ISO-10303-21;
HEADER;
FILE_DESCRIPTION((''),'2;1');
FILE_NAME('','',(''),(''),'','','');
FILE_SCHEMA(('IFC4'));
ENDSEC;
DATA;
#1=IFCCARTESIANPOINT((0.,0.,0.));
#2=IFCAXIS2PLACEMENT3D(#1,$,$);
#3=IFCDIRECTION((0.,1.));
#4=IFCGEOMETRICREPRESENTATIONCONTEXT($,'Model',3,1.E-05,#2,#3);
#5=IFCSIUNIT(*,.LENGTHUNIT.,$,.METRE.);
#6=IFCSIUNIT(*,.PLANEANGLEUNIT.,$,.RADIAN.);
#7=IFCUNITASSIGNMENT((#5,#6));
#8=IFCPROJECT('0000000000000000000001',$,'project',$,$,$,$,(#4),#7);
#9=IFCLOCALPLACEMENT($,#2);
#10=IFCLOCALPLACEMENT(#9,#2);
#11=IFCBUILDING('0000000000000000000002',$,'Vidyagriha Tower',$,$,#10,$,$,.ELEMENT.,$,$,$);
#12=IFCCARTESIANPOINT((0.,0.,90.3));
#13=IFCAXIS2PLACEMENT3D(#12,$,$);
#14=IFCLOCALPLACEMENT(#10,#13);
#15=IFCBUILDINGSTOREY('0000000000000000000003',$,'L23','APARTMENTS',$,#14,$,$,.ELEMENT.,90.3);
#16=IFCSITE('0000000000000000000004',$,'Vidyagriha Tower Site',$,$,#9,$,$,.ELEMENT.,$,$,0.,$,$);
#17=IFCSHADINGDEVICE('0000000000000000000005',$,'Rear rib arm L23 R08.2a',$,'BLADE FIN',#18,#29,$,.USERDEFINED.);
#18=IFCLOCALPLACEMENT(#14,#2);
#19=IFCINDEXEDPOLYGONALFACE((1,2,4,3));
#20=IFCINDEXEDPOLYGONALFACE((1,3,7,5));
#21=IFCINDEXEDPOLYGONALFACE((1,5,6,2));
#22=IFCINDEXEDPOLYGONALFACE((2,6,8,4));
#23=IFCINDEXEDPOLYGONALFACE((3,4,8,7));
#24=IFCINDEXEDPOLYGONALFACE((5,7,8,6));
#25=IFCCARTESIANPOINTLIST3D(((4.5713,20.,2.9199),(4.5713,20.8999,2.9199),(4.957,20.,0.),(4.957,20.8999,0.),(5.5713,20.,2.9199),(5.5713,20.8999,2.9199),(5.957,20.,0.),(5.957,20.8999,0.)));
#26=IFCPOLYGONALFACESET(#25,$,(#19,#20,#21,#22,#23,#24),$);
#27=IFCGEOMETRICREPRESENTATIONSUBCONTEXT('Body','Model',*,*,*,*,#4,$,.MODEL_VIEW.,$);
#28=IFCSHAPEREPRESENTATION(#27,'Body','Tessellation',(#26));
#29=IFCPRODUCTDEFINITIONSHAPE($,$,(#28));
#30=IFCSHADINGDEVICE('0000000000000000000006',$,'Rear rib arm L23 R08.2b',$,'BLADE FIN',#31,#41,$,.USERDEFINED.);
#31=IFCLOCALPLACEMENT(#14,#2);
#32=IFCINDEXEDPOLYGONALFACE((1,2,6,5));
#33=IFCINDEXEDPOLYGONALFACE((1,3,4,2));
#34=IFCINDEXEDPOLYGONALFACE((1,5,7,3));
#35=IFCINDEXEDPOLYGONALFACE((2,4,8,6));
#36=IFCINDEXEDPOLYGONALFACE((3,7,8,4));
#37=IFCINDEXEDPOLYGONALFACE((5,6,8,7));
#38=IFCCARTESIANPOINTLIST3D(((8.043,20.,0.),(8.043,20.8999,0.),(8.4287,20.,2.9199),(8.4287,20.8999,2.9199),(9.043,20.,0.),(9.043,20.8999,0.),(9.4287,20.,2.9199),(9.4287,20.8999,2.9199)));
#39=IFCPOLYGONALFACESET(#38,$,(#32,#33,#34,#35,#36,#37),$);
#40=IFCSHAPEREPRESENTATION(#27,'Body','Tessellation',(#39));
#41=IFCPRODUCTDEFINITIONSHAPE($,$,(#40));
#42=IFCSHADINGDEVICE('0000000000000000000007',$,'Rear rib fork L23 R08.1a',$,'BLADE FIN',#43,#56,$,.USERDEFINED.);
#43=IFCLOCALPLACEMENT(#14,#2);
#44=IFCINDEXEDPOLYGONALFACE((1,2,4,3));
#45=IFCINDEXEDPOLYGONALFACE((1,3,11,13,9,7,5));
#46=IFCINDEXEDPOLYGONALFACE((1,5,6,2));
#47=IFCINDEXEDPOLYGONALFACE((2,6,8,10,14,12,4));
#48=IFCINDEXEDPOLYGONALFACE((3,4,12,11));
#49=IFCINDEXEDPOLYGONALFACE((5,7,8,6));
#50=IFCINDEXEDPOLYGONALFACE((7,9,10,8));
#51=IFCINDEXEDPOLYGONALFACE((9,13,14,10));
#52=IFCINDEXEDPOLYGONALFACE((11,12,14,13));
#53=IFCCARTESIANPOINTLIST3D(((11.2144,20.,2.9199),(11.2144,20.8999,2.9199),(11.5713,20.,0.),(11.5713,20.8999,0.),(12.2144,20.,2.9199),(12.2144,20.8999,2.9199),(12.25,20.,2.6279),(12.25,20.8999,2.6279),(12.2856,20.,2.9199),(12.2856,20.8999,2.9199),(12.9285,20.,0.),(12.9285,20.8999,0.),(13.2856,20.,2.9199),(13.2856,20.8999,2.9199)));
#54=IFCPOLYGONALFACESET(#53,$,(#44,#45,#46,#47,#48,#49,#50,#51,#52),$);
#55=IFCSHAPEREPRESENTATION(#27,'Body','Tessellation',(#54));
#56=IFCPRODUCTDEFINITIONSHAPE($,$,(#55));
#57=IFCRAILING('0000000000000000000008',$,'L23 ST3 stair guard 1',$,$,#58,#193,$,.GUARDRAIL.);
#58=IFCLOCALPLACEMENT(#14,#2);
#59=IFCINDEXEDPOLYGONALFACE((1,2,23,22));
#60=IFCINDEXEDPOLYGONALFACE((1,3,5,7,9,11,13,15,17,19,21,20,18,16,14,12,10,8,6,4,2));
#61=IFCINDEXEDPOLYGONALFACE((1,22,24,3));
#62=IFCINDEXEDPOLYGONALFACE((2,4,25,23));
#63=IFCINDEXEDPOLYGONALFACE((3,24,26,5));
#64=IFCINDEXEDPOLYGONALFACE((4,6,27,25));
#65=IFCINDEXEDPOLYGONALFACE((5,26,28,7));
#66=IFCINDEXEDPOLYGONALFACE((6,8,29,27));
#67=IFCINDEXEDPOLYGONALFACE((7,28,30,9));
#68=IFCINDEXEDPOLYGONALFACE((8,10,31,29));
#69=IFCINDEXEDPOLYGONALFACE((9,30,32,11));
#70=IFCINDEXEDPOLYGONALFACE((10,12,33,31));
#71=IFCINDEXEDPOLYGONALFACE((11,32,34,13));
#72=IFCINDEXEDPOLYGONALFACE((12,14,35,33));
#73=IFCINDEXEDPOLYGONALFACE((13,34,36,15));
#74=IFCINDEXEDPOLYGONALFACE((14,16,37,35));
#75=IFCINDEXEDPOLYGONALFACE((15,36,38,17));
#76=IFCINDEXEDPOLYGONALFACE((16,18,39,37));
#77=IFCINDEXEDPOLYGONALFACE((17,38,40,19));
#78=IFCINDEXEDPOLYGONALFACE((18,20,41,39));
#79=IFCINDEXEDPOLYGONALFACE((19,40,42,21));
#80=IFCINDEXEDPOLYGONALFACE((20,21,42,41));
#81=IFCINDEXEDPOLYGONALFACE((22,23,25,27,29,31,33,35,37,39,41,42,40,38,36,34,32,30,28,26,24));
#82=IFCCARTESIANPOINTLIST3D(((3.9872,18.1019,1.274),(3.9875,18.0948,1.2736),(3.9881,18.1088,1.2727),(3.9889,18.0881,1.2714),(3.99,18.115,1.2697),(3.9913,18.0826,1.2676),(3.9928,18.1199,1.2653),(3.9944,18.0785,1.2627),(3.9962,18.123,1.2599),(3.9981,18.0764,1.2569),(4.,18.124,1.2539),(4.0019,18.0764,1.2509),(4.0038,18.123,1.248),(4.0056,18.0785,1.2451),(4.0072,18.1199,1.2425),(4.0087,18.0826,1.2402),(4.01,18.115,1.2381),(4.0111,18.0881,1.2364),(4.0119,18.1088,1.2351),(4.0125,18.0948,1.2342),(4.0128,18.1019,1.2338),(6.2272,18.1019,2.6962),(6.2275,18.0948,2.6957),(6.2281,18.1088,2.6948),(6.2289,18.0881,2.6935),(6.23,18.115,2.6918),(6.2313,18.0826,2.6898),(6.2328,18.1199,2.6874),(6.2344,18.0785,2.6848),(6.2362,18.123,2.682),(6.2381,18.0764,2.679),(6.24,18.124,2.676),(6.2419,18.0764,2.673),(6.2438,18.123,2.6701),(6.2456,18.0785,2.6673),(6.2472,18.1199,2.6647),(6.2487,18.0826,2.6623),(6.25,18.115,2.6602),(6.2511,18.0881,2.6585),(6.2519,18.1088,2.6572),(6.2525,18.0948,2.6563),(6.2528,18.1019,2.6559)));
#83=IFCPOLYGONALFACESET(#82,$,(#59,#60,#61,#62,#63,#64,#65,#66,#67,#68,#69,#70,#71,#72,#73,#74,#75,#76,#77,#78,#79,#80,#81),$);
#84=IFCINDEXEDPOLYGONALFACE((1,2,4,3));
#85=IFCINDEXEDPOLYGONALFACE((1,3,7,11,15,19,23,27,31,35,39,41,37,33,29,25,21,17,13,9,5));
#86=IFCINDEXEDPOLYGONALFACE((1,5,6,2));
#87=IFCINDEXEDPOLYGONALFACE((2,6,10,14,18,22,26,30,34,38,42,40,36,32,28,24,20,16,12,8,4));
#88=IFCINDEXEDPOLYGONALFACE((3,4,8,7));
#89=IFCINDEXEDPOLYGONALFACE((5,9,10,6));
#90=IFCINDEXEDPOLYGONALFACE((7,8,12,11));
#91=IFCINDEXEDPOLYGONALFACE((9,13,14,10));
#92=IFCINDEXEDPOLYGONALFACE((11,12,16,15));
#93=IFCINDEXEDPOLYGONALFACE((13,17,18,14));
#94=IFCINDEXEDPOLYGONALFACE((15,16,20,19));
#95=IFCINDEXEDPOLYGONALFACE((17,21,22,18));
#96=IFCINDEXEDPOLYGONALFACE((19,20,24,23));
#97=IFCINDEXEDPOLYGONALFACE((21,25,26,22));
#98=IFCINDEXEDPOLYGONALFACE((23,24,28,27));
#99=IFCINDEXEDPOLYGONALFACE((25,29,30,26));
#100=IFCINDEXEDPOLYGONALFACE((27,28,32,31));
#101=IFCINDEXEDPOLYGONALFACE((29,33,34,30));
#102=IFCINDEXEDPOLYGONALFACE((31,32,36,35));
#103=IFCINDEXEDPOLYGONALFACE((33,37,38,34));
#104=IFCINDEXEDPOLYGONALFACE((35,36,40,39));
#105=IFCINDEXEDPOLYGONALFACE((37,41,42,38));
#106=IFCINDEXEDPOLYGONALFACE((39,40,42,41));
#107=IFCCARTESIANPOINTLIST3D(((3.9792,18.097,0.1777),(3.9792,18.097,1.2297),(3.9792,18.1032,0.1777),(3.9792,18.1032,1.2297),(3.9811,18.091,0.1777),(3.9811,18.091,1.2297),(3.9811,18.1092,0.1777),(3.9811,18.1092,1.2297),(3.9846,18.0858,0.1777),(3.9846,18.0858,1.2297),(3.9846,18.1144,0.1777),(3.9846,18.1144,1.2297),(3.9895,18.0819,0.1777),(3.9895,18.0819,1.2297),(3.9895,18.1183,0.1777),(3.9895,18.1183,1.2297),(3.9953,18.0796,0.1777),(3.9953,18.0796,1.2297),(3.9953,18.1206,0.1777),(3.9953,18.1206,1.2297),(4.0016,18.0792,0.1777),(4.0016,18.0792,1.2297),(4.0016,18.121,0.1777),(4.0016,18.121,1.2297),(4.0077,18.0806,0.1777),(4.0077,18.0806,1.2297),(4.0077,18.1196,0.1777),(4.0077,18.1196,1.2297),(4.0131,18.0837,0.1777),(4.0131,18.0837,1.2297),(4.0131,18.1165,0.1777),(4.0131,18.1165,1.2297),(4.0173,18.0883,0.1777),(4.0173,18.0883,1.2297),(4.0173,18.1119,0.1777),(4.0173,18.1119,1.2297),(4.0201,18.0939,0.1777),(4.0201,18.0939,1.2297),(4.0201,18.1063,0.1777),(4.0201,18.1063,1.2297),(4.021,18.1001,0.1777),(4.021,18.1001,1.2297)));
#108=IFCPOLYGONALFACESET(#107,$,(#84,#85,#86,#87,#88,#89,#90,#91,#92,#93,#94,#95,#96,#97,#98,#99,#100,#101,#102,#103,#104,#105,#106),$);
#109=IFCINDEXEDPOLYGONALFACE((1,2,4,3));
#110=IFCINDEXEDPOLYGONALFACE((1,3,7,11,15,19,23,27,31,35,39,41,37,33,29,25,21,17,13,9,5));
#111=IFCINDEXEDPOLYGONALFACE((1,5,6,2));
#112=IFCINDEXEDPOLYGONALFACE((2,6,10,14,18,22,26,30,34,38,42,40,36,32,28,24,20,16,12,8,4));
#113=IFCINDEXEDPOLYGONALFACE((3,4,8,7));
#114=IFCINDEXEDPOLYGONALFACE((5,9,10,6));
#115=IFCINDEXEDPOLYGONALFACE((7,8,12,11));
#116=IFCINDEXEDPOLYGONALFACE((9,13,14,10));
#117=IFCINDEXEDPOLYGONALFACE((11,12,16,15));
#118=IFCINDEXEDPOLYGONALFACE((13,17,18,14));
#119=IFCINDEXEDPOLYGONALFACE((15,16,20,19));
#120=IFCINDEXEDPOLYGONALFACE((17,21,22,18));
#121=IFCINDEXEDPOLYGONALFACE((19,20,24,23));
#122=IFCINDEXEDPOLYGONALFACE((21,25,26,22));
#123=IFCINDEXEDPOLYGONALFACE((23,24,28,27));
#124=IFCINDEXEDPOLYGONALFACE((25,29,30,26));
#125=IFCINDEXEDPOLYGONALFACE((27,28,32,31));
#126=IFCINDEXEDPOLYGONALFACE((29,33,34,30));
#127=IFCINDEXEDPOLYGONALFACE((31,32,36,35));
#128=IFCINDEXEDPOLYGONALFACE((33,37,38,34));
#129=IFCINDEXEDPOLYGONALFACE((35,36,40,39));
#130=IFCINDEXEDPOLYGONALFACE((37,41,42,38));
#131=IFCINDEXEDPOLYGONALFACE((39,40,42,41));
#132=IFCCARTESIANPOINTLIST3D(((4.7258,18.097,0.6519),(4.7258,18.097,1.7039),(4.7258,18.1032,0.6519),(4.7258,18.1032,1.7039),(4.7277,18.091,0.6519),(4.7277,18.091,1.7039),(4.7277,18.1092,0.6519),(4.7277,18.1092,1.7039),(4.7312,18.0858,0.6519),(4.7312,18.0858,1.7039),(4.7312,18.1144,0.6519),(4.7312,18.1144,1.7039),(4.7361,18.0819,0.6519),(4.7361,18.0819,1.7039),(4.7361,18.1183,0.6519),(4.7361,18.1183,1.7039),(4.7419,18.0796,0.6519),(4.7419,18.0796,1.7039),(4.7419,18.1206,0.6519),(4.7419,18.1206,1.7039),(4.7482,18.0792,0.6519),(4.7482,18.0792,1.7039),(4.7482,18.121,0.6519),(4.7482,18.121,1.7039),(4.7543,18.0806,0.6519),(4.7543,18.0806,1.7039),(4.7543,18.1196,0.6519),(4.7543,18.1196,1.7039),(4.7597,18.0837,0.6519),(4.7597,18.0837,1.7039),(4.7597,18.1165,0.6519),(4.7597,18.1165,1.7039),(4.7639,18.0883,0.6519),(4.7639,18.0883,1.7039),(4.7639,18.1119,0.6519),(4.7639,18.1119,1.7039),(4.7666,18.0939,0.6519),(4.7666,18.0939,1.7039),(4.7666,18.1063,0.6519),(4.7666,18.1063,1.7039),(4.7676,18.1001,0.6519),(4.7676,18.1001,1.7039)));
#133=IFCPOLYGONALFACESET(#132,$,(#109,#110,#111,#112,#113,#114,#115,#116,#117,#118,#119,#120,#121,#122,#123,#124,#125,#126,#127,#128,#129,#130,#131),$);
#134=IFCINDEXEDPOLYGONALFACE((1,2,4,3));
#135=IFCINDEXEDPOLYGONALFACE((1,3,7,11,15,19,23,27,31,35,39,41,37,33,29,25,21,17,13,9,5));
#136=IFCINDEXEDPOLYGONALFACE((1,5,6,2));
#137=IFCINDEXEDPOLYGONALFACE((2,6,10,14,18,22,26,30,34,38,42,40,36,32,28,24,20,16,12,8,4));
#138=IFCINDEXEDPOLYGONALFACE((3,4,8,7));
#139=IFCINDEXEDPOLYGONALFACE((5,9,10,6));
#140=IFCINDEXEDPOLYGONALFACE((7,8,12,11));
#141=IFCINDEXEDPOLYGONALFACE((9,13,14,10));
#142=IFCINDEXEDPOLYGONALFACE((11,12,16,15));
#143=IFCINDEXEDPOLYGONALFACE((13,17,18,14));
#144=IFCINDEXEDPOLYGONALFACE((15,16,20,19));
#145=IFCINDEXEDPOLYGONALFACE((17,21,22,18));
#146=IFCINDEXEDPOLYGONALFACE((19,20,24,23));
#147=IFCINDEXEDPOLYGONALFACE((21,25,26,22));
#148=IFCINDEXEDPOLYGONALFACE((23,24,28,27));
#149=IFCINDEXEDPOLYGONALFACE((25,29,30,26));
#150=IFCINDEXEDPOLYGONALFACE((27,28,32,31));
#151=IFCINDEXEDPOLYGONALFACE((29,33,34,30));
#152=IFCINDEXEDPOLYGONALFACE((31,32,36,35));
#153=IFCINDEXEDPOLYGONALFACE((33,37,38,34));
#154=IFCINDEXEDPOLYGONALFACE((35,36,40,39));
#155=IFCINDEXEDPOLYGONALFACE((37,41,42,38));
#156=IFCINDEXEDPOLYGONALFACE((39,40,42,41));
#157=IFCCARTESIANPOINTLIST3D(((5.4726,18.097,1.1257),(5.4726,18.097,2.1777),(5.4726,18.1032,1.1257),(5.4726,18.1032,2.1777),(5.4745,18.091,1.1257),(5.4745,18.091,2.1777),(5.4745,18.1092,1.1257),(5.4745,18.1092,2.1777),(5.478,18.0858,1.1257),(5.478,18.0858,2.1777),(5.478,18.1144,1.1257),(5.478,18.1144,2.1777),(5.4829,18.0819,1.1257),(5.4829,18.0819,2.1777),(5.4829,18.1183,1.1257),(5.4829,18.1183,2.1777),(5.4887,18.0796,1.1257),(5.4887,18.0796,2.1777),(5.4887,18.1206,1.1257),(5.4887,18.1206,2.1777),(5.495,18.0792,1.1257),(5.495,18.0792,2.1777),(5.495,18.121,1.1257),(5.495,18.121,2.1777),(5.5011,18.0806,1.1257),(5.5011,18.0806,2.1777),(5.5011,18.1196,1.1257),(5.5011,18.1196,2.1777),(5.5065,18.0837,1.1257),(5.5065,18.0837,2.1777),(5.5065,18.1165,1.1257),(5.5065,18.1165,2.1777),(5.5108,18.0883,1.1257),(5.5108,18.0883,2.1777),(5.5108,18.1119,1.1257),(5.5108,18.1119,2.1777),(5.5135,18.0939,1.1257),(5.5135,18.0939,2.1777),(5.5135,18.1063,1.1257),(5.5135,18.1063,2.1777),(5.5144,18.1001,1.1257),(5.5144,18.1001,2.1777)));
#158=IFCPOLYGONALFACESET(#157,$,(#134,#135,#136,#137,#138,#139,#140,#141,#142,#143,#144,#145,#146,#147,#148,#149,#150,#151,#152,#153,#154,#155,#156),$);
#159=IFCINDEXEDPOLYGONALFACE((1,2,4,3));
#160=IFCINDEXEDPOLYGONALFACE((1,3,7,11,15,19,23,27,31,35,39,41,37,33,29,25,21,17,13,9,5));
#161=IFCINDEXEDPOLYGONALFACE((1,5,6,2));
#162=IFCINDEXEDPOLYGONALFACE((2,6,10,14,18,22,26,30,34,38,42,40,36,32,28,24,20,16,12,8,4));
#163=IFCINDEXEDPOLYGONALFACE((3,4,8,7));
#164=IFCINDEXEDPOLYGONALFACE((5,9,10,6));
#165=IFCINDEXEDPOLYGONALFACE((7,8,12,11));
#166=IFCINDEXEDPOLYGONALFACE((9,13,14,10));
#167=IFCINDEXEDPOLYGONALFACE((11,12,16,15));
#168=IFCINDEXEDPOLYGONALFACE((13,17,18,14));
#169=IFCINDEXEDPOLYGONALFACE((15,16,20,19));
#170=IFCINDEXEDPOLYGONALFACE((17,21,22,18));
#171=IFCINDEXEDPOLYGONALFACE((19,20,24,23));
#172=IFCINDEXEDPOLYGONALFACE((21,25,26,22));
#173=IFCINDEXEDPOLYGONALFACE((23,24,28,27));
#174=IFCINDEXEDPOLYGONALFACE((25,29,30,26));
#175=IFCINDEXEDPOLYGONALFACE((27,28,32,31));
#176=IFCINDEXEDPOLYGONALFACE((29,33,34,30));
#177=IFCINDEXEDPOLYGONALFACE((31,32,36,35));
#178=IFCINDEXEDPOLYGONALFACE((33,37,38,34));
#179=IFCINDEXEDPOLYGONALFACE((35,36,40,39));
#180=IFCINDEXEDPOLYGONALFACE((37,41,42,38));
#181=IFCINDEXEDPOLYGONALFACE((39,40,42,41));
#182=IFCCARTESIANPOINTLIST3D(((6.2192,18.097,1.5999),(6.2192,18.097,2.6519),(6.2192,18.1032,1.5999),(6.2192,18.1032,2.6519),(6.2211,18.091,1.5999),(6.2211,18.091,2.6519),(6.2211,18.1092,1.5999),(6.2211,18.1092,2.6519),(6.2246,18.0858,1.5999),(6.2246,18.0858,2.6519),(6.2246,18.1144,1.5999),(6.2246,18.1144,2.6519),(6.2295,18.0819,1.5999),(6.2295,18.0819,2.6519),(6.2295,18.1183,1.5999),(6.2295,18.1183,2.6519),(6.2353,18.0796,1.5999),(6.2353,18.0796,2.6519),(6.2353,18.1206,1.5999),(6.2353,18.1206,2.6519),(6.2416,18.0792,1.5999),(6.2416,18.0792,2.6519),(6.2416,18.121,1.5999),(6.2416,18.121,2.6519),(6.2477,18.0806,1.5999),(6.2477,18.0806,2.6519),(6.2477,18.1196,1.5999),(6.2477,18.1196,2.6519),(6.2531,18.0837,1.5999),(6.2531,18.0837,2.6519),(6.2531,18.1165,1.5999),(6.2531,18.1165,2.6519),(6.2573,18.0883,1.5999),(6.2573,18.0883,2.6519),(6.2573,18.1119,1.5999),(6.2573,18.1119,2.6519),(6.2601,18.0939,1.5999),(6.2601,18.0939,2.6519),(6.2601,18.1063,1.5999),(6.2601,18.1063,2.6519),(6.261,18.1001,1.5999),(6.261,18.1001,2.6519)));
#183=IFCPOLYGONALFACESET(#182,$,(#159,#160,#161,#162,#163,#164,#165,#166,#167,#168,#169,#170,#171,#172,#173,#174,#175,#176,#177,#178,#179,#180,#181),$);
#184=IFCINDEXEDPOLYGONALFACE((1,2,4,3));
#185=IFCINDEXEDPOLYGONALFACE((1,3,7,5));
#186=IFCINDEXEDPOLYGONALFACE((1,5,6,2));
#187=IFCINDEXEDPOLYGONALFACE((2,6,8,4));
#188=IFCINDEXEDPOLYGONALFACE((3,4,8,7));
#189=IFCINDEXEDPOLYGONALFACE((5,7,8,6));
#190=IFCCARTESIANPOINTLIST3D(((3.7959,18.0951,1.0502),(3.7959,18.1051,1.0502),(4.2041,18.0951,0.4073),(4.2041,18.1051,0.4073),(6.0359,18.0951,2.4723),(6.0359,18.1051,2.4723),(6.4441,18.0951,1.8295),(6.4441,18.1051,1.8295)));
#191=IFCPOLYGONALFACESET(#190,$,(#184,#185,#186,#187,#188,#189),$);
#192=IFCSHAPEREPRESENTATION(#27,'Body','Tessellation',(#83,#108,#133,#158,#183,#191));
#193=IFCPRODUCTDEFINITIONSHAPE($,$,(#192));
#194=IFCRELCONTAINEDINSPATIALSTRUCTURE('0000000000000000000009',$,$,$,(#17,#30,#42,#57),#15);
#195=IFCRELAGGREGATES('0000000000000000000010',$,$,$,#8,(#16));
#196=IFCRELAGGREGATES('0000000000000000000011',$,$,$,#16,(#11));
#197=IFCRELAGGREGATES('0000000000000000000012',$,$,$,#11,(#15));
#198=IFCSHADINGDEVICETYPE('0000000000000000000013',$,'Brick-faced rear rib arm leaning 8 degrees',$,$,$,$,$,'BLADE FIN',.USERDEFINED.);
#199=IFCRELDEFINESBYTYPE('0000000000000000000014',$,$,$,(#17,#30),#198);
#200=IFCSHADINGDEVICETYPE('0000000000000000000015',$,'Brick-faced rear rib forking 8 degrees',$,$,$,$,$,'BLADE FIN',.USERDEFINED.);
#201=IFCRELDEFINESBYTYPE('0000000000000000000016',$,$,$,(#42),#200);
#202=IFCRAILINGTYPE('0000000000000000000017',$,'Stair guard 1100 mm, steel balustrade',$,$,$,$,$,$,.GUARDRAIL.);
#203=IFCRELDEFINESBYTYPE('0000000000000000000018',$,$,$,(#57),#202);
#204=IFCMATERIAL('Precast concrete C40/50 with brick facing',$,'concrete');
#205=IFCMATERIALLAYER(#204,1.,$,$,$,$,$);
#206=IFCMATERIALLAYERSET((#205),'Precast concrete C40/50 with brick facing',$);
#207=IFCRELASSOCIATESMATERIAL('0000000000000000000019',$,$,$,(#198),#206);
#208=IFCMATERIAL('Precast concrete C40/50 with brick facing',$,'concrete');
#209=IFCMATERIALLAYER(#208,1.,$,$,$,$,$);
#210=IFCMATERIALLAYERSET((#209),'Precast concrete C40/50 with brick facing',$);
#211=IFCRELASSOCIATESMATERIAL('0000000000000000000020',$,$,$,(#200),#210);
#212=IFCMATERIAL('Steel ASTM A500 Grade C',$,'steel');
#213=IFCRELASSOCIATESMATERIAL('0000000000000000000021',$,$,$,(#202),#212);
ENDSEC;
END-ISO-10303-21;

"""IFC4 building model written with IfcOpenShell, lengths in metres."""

from ifc_helpers import new_model, si_unit, direction, frame, origin, origin_2d, place, context, subcontext, project, spatial, polyline, rectangle, circle, outline, extrude, material, layer, layer_set, type_object, element, save


model = new_model("IFC4")

# Units and contexts
model_context = context("Model", 3, precision=1e-05, world=origin(), true_north=direction((0.0, 1.0)))
body_context = subcontext(model_context, "Body", "Model", "MODEL_VIEW")
ifc_project = project(units=[si_unit("LENGTHUNIT", "METRE"), si_unit("PLANEANGLEUNIT", "RADIAN")], contexts=[model_context])

# Site, building, storey
site_placement = place(None, origin())
site = spatial("IfcSite", under=ifc_project, at=site_placement, Name="Vidyagriha Tower Site", CompositionType="ELEMENT", RefElevation=0.0)
building_placement = place(site_placement, origin())
building = spatial("IfcBuilding", under=site, at=building_placement, Name="Vidyagriha Tower", CompositionType="ELEMENT")
storey_placement = place(building_placement, frame((0.0, 0.0, 90.3)))
storey = spatial("IfcBuildingStorey", under=building, at=storey_placement, Name="L23", Description="APARTMENTS", CompositionType="ELEMENT", Elevation=90.3)

# Shading devices
ifc_material_1 = material(Name="Precast concrete C40/50 with brick facing", Category="concrete")
ifc_layer_1 = layer(ifc_material_1, 1.0)
ifc_layer_set_1 = layer_set([ifc_layer_1], Name="Precast concrete C40/50 with brick facing")
shading_device_type_1 = type_object("IfcShadingDeviceType", Name="Brick-faced rear rib arm leaning 8 degrees", ElementType="BLADE FIN", PredefinedType="USERDEFINED", material=ifc_layer_set_1)
shading_device_1_placement = place(storey_placement, frame((5.957, 20.45, 0.0), z_axis=(0.0, 0.0, 1.0), x_axis=(-1.0, 0.0, 0.0)))
element("IfcShadingDevice", 1, at=shading_device_1_placement, inside=storey, type_object=shading_device_type_1, Name="Rear rib arm L23 R08.2a", ObjectType="BLADE FIN", PredefinedType="USERDEFINED", context=body_context, shape_type="SweptSolid", body=[
    extrude(outline(polyline([(0.0, 0.0), (1.0, 0.0), (1.3857, 2.9199), (0.3857, 2.9199), (0.0, 0.0)])), frame((0.0, 0.45, 0.0), z_axis=(0.0, -1.0, 0.0), x_axis=(1.0, 0.0, 0.0)), (0.0, 0.0, 1.0), 0.8999),
])
shading_device_2_placement = place(storey_placement, frame((9.4287, 20.45, 0.0), z_axis=(0.0, 0.0, 1.0), x_axis=(-1.0, 0.0, 0.0)))
element("IfcShadingDevice", 2, at=shading_device_2_placement, inside=storey, type_object=shading_device_type_1, Name="Rear rib arm L23 R08.2b", ObjectType="BLADE FIN", PredefinedType="USERDEFINED", context=body_context, shape_type="SweptSolid", body=[
    extrude(outline(polyline([(0.3857, 0.0), (1.3857, 0.0), (1.0, 2.9199), (0.0, 2.9199), (0.3857, 0.0)])), frame((0.0, 0.45, 0.0), z_axis=(0.0, -1.0, 0.0), x_axis=(1.0, 0.0, 0.0)), (0.0, 0.0, 1.0), 0.8999),
])
ifc_material_2 = material(Name="Precast concrete C40/50 with brick facing", Category="concrete")
ifc_layer_2 = layer(ifc_material_2, 1.0)
ifc_layer_set_2 = layer_set([ifc_layer_2], Name="Precast concrete C40/50 with brick facing")
shading_device_type_2 = type_object("IfcShadingDeviceType", Name="Brick-faced rear rib forking 8 degrees", ElementType="BLADE FIN", PredefinedType="USERDEFINED", material=ifc_layer_set_2)
shading_device_3_placement = place(storey_placement, frame((13.2856, 20.45, 0.0), z_axis=(0.0, 0.0, 1.0), x_axis=(-1.0, 0.0, 0.0)))
element("IfcShadingDevice", 3, at=shading_device_3_placement, inside=storey, type_object=shading_device_type_2, Name="Rear rib fork L23 R08.1a", ObjectType="BLADE FIN", PredefinedType="USERDEFINED", context=body_context, shape_type="SweptSolid", body=[
    extrude(outline(polyline([(0.3572, 0.0), (1.7144, 0.0), (2.0713, 2.9199), (1.0713, 2.9199), (1.0356, 2.6279), (1.0, 2.9199), (0.0, 2.9199), (0.3572, 0.0)])), frame((0.0, 0.45, 0.0), z_axis=(0.0, -1.0, 0.0), x_axis=(1.0, 0.0, 0.0)), (0.0, 0.0, 1.0), 0.8999),
])

# Railing
ifc_material_3 = material(Name="Steel ASTM A500 Grade C", Category="steel")
railing_type_1 = type_object("IfcRailingType", Name="Stair guard 1100 mm, steel balustrade", PredefinedType="GUARDRAIL", material=ifc_material_3)
railing_1_placement = place(storey_placement, frame((4.0, 18.1001, 0.1777)))
element("IfcRailing", 4, at=railing_1_placement, inside=storey, type_object=railing_type_1, Name="L23 ST3 stair guard 1", PredefinedType="GUARDRAIL", context=body_context, shape_type="SweptSolid", body=[
    extrude(circle(Radius=0.0239, at=origin_2d()), frame((0.0, 0.0, 1.0762), z_axis=(0.844229, 0.0, 0.535982), x_axis=(0.0, 1.0, 0.0)), (0.0, 0.0, 1.0), 2.6533),
    extrude(circle(Radius=0.021, at=origin_2d()), origin(), (0.0, 0.0, 1.0), 1.052),
    extrude(circle(Radius=0.021, at=origin_2d()), frame((0.7466, 0.0, 0.4741)), (0.0, 0.0, 1.0), 1.052),
    extrude(circle(Radius=0.021, at=origin_2d()), frame((1.4934, 0.0, 0.948)), (0.0, 0.0, 1.0), 1.052),
    extrude(circle(Radius=0.021, at=origin_2d()), frame((2.24, 0.0, 1.4221)), (0.0, 0.0, 1.0), 1.052),
    extrude(rectangle(XDim=0.01, YDim=0.7615, at=origin_2d()), frame((0.0, 0.0, 0.551), z_axis=(0.844229, 0.0, 0.535982), x_axis=(0.0, 1.0, 0.0)), (0.0, 0.0, 1.0), 2.6533),
])

save(model, "model.ifc")
